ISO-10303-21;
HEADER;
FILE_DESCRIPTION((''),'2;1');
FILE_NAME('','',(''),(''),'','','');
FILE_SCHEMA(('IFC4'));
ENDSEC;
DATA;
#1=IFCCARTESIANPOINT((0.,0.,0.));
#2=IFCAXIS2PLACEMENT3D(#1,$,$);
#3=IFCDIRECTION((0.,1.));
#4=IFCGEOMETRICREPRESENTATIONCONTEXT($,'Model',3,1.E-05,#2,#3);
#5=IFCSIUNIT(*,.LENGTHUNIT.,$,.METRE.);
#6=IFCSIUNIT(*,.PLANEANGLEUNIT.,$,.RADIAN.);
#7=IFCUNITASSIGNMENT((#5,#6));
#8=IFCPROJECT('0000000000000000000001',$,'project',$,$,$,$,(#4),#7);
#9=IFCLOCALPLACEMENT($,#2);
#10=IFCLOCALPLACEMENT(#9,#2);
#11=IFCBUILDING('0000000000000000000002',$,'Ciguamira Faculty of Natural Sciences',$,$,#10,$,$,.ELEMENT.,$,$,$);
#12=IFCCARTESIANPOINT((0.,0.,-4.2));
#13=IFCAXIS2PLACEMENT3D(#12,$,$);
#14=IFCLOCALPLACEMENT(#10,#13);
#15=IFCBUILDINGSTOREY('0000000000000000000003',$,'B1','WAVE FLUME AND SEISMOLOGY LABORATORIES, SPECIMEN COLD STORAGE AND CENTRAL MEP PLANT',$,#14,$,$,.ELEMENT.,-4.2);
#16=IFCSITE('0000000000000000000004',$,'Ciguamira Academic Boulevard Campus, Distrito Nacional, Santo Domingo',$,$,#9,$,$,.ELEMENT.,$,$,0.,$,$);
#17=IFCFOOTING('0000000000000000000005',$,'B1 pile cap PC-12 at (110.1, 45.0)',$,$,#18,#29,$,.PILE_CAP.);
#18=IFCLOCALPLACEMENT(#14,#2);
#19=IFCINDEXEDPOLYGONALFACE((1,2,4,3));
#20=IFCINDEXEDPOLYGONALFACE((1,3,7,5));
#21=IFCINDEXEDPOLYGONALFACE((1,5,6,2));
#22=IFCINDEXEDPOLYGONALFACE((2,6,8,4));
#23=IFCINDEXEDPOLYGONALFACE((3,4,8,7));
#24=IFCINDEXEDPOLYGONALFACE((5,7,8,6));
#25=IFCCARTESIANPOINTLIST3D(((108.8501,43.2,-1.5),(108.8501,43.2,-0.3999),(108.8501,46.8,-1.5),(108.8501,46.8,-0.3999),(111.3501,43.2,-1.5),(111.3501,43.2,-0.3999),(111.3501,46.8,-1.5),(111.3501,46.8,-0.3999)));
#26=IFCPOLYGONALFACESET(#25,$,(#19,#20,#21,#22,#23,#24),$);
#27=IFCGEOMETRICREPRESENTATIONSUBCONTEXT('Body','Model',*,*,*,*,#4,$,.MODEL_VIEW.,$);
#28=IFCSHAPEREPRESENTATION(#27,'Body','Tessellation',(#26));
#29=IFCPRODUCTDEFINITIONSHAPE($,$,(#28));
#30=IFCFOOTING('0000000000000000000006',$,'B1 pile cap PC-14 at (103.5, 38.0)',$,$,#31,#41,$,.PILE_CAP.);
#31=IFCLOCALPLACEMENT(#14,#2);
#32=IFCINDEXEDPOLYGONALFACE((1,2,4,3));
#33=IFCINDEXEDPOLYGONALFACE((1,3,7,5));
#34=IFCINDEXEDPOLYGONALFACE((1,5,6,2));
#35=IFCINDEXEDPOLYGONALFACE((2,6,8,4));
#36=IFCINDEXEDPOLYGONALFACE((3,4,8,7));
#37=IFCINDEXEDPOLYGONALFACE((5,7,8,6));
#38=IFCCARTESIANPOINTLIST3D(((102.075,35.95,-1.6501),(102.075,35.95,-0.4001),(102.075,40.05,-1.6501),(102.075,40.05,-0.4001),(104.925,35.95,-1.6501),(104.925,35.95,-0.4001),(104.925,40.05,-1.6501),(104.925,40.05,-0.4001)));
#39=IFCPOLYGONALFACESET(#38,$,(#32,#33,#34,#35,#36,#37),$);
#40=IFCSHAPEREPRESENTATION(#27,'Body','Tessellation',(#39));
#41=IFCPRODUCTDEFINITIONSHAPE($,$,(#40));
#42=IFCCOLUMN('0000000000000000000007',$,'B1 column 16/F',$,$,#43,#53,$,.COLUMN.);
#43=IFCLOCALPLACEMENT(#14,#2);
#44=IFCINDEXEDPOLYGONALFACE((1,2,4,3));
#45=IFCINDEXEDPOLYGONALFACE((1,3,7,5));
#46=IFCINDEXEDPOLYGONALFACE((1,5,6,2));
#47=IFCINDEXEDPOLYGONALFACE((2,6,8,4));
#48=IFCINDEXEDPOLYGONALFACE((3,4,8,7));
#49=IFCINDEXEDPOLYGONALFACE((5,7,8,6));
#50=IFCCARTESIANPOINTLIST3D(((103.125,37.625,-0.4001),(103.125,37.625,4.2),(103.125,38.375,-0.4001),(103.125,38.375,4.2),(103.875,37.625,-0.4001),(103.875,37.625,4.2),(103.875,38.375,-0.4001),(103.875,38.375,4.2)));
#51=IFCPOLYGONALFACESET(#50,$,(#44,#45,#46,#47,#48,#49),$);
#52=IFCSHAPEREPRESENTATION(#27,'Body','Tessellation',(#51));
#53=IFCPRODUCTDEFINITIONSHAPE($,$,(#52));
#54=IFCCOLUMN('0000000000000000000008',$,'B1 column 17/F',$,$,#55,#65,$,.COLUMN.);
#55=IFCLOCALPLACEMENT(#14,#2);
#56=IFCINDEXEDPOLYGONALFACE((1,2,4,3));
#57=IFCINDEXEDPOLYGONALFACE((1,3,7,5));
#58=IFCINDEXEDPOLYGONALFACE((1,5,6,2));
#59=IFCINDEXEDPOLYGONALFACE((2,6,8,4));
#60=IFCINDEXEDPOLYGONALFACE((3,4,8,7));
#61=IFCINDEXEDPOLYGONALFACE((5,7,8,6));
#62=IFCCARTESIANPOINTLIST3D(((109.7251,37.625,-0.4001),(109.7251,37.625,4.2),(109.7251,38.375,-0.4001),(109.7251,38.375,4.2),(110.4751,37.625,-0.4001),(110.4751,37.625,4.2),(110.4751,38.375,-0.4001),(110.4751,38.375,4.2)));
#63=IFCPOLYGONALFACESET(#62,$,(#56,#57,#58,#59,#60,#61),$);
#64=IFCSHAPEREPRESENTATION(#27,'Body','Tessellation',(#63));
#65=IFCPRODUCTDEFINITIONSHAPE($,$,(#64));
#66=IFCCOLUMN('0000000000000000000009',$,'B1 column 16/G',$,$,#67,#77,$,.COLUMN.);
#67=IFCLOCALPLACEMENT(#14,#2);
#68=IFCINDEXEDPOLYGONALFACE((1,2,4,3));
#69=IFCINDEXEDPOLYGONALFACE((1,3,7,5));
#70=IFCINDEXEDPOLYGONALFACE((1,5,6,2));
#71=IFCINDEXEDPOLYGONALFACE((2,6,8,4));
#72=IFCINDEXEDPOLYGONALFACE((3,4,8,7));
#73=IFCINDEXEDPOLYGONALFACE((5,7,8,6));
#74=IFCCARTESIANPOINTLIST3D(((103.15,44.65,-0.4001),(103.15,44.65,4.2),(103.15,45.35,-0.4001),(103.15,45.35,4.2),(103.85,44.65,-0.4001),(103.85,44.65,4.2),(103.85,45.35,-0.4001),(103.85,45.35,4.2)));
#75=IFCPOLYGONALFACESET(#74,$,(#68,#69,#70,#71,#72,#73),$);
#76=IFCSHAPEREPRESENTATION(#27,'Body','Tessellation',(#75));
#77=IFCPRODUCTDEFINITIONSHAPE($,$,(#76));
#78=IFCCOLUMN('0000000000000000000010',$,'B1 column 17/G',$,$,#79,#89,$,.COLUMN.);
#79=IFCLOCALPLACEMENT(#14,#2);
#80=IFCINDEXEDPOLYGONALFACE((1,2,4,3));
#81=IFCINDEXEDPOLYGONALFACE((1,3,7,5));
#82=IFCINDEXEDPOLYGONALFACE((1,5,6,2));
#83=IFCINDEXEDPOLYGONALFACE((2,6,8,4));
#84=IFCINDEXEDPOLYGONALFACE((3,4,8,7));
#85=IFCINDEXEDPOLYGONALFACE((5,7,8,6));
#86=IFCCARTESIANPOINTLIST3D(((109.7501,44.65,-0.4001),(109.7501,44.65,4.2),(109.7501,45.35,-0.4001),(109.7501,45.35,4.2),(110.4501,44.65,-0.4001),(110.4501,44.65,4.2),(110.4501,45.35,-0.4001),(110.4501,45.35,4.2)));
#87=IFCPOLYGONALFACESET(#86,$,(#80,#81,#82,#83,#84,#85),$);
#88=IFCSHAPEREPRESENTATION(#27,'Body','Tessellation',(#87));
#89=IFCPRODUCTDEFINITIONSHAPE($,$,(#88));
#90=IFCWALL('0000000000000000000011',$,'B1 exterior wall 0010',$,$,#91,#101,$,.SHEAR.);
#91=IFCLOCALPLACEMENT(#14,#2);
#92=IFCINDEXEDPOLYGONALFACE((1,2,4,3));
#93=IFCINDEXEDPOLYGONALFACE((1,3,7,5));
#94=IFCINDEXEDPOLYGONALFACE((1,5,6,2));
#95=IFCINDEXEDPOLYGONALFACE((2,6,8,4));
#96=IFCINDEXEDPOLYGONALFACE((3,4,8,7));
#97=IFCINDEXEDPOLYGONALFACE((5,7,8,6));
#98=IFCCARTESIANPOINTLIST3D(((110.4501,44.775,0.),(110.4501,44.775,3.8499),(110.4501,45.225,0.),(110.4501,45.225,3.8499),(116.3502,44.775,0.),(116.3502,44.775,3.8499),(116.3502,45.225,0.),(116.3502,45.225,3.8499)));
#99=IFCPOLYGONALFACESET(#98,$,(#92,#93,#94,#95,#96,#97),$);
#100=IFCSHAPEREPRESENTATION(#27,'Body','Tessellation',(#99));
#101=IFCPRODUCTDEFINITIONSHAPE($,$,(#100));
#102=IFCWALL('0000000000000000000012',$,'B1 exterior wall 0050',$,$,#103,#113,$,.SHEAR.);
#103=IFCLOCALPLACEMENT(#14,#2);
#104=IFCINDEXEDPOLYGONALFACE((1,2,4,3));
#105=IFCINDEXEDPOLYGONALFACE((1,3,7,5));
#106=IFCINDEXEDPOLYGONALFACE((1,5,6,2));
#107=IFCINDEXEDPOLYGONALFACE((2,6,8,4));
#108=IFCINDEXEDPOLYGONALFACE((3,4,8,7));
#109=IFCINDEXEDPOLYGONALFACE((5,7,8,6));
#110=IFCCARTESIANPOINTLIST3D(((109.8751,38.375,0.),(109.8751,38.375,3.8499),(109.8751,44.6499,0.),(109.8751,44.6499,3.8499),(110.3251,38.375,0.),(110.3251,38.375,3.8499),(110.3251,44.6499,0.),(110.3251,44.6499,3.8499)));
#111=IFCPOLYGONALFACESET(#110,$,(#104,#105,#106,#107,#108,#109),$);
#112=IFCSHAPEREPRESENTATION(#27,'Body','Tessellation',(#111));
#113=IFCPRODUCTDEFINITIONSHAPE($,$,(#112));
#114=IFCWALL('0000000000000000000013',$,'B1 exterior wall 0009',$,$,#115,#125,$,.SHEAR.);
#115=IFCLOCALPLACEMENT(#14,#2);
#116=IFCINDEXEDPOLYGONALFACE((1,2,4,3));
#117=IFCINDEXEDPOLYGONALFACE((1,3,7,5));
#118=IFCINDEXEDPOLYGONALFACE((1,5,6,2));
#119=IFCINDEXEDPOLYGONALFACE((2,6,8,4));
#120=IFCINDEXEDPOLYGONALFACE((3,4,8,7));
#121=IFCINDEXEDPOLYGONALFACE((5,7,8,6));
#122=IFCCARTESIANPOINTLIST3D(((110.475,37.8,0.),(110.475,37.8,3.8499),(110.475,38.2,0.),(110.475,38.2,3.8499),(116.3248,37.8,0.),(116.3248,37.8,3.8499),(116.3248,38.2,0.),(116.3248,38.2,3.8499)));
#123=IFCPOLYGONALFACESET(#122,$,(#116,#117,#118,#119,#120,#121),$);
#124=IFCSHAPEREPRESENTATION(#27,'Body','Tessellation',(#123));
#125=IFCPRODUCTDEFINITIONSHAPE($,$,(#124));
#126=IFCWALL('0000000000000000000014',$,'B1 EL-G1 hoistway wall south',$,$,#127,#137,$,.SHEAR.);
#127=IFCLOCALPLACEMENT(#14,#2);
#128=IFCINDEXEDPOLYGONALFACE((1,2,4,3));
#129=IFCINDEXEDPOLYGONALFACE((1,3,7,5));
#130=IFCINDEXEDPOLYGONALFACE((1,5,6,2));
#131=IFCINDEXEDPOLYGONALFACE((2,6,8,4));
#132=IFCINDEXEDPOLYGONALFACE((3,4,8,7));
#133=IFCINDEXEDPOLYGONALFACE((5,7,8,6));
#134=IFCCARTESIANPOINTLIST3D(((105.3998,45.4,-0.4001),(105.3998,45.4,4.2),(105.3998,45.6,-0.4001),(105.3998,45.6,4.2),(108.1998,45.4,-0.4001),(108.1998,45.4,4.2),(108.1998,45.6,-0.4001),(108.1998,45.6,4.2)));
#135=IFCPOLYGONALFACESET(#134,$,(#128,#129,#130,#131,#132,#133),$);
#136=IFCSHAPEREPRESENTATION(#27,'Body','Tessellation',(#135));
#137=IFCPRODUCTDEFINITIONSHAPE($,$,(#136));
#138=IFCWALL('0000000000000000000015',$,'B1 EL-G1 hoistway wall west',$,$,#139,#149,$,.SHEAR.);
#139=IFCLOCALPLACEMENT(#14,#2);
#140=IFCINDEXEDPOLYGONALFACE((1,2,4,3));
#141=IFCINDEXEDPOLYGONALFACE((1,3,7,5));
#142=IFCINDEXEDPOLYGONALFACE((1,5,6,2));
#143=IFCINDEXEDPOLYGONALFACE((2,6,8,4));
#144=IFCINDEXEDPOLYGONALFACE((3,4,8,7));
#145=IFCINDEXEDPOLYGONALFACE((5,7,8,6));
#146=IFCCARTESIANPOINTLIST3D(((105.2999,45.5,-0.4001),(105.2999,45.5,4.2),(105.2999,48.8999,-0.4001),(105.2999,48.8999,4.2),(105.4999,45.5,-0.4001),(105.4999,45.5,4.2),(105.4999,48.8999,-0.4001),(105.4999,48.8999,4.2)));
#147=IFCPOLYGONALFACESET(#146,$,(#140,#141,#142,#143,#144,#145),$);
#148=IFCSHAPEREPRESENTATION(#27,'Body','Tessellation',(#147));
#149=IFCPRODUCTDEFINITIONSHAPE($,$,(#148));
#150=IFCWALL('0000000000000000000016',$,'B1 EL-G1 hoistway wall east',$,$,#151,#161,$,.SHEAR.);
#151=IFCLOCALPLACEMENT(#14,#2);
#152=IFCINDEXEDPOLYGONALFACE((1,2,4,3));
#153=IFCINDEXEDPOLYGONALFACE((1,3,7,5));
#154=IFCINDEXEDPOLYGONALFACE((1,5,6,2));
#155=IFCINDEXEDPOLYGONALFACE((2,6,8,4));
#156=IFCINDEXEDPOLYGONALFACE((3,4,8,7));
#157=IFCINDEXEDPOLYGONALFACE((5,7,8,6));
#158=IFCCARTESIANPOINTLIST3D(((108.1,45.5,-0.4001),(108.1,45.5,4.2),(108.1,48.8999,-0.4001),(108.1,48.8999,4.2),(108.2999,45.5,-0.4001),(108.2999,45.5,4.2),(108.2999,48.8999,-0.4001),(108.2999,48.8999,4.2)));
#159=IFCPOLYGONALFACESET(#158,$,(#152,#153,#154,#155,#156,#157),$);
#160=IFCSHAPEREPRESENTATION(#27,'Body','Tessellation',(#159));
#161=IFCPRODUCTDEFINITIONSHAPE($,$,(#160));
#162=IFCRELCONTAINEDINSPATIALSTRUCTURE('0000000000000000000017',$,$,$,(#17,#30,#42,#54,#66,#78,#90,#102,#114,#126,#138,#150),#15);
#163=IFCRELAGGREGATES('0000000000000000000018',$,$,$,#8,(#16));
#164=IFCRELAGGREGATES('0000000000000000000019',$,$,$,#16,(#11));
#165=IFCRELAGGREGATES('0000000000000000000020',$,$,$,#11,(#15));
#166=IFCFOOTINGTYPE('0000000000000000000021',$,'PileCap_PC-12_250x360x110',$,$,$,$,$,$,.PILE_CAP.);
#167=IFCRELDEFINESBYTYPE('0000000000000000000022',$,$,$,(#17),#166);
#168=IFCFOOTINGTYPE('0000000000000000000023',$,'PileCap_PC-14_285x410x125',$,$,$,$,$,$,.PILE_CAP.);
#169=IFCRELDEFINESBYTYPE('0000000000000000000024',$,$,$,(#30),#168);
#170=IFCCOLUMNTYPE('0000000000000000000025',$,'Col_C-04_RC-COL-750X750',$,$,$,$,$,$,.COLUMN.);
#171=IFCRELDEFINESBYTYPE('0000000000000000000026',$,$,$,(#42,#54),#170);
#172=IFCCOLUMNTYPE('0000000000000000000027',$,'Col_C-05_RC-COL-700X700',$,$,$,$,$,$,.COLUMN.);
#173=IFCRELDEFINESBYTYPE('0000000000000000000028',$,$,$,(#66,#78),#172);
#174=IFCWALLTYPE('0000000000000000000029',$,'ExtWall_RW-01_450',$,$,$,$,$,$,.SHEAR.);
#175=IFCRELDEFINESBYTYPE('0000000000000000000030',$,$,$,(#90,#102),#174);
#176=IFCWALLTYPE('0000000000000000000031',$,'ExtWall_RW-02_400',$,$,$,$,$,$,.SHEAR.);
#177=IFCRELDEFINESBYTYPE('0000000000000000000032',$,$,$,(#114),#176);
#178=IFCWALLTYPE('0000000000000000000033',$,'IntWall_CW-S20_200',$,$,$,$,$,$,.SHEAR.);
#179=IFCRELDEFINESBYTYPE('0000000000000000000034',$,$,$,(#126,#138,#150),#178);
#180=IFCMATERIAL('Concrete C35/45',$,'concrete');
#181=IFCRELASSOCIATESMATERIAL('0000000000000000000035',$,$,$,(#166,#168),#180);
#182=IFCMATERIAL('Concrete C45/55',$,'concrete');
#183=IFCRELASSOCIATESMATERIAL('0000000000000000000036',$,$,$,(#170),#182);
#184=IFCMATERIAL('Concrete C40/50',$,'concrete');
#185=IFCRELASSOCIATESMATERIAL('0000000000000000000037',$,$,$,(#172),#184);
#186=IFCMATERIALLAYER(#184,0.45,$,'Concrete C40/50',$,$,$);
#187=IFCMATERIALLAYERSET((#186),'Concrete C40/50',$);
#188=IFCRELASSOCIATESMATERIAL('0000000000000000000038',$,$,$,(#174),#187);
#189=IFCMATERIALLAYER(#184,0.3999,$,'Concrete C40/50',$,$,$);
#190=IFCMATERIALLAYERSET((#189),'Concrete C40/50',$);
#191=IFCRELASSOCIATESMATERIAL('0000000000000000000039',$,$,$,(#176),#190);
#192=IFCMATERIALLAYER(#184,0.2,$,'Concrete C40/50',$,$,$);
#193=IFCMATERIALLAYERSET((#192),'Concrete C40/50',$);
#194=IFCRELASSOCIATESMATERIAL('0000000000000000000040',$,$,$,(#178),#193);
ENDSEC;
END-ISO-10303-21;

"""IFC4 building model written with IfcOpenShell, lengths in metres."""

from ifc_helpers import new_model, si_unit, direction, frame, frame_2d, origin, origin_2d, place, context, subcontext, project, spatial, rectangle, extrude, material, layer, layer_set, material_profile, profile_set, type_object, element, save


model = new_model("IFC4")

# Units and contexts
model_context = context("Model", 3, precision=1e-05, world=origin(), true_north=direction((0.0, 1.0)))
body_context = subcontext(model_context, "Body", "Model", "MODEL_VIEW")
ifc_project = project(units=[si_unit("LENGTHUNIT", "METRE"), si_unit("PLANEANGLEUNIT", "RADIAN")], contexts=[model_context])

# Site, building, storey
site_placement = place(None, origin())
site = spatial("IfcSite", under=ifc_project, at=site_placement, Name="Ciguamira Academic Boulevard Campus, Distrito Nacional, Santo Domingo", CompositionType="ELEMENT", RefElevation=0.0)
building_placement = place(site_placement, origin())
building = spatial("IfcBuilding", under=site, at=building_placement, Name="Ciguamira Faculty of Natural Sciences", CompositionType="ELEMENT")
storey_placement = place(building_placement, frame((0.0, 0.0, -4.2)))
storey = spatial("IfcBuildingStorey", under=building, at=storey_placement, Name="B1", Description="WAVE FLUME AND SEISMOLOGY LABORATORIES, SPECIMEN COLD STORAGE AND CENTRAL MEP PLANT", CompositionType="ELEMENT", Elevation=-4.2)

# Shared definitions
ifc_material_1 = material(Name="Concrete C35/45", Category="concrete")

# Footings
footing_type_1 = type_object("IfcFootingType", Name="PileCap_PC-12_250x360x110", PredefinedType="PILE_CAP", material=ifc_material_1)
footing_1_placement = place(storey_placement, frame((110.1001, 45.0, -1.5), z_axis=(0.0, 0.0, 1.0), x_axis=(1.0, 0.0, 0.0)))
element("IfcFooting", 1, at=footing_1_placement, inside=storey, type_object=footing_type_1, Name="B1 pile cap PC-12 at (110.1, 45.0)", PredefinedType="PILE_CAP", context=body_context, shape_type="SweptSolid", body=[
    extrude(rectangle(XDim=2.5, YDim=3.6001, at=origin_2d()), origin(), (0.0, 0.0, 1.0), 1.1001),
])
footing_type_2 = type_object("IfcFootingType", Name="PileCap_PC-14_285x410x125", PredefinedType="PILE_CAP", material=ifc_material_1)
footing_2_placement = place(storey_placement, frame((103.5, 38.0, -1.6501), z_axis=(0.0, 0.0, 1.0), x_axis=(1.0, 0.0, 0.0)))
element("IfcFooting", 2, at=footing_2_placement, inside=storey, type_object=footing_type_2, Name="B1 pile cap PC-14 at (103.5, 38.0)", PredefinedType="PILE_CAP", context=body_context, shape_type="SweptSolid", body=[
    extrude(rectangle(XDim=2.8501, YDim=4.1001, at=origin_2d()), origin(), (0.0, 0.0, 1.0), 1.25),
])

# Columns
ifc_material_2 = material(Name="Concrete C45/55", Category="concrete")
ifc_material_profile_1 = material_profile(ifc_material_2, rectangle(XDim=0.75, YDim=0.75, at=origin_2d()), Name="RC-COL-750X750")
ifc_profile_set_1 = profile_set([ifc_material_profile_1], Name="Concrete C45/55")
column_type_1 = type_object("IfcColumnType", Name="Col_C-04_RC-COL-750X750", PredefinedType="COLUMN", material=ifc_profile_set_1)
for number, where, z_axis, x_axis, name in (
    (3, (103.5, 38.0, -0.4001), (0.0, 0.0, 1.0), (1.0, 0.0, 0.0), "B1 column 16/F"),
    (4, (110.1001, 38.0, -0.4001), (0.0, 0.0, 1.0), (1.0, 0.0, 0.0), "B1 column 17/F"),
):
    element("IfcColumn", number, at=place(storey_placement, frame(where, z_axis=z_axis, x_axis=x_axis)), inside=storey, type_object=column_type_1, Name=name, PredefinedType="COLUMN", context=body_context, shape_type="SweptSolid", body=[
        extrude(rectangle(XDim=0.75, YDim=0.75, at=origin_2d()), origin(), (0.0, 0.0, 1.0), 4.6001),
    ])
ifc_material_3 = material(Name="Concrete C40/50", Category="concrete")
ifc_material_profile_2 = material_profile(ifc_material_3, rectangle(XDim=0.7, YDim=0.7, at=origin_2d()), Name="RC-COL-700X700")
ifc_profile_set_2 = profile_set([ifc_material_profile_2], Name="Concrete C40/50")
column_type_2 = type_object("IfcColumnType", Name="Col_C-05_RC-COL-700X700", PredefinedType="COLUMN", material=ifc_profile_set_2)
for number, where, z_axis, x_axis, name in (
    (5, (103.5, 45.0, -0.4001), (0.0, 0.0, 1.0), (1.0, 0.0, 0.0), "B1 column 16/G"),
    (6, (110.1001, 45.0, -0.4001), (0.0, 0.0, 1.0), (1.0, 0.0, 0.0), "B1 column 17/G"),
):
    element("IfcColumn", number, at=place(storey_placement, frame(where, z_axis=z_axis, x_axis=x_axis)), inside=storey, type_object=column_type_2, Name=name, PredefinedType="COLUMN", context=body_context, shape_type="SweptSolid", body=[
        extrude(rectangle(XDim=0.7, YDim=0.7, at=origin_2d()), origin(), (0.0, 0.0, 1.0), 4.6001),
    ])

# Walls
ifc_layer_1 = layer(ifc_material_3, 0.45, Name="Concrete C40/50")
ifc_layer_set_1 = layer_set([ifc_layer_1], Name="Concrete C40/50")
wall_type_1 = type_object("IfcWallType", Name="ExtWall_RW-01_450", PredefinedType="SHEAR", material=ifc_layer_set_1)
wall_1_placement = place(storey_placement, frame((110.45, 45.0, 0.0), z_axis=(0.0, 0.0, 1.0), x_axis=(1.0, 0.0, 0.0)))
element("IfcWall", 7, at=wall_1_placement, inside=storey, type_object=wall_type_1, Name="B1 exterior wall 0010", PredefinedType="SHEAR", context=body_context, shape_type="SweptSolid", body=[
    extrude(rectangle(XDim=5.9001, YDim=0.45, at=frame_2d((2.9502, 0.0))), origin(), (0.0, 0.0, 1.0), 3.8499),
])
wall_2_placement = place(storey_placement, frame((110.1001, 38.375, 0.0), z_axis=(0.0, 0.0, 1.0), x_axis=(0.0, 1.0, 0.0)))
element("IfcWall", 8, at=wall_2_placement, inside=storey, type_object=wall_type_1, Name="B1 exterior wall 0050", PredefinedType="SHEAR", context=body_context, shape_type="SweptSolid", body=[
    extrude(rectangle(XDim=6.2749, YDim=0.45, at=frame_2d((3.1375, 0.0))), origin(), (0.0, 0.0, 1.0), 3.8499),
])
ifc_layer_2 = layer(ifc_material_3, 0.3999, Name="Concrete C40/50")
ifc_layer_set_2 = layer_set([ifc_layer_2], Name="Concrete C40/50")
wall_type_2 = type_object("IfcWallType", Name="ExtWall_RW-02_400", PredefinedType="SHEAR", material=ifc_layer_set_2)
wall_3_placement = place(storey_placement, frame((110.4751, 38.0, 0.0), z_axis=(0.0, 0.0, 1.0), x_axis=(1.0, 0.0, 0.0)))
element("IfcWall", 9, at=wall_3_placement, inside=storey, type_object=wall_type_2, Name="B1 exterior wall 0009", PredefinedType="SHEAR", context=body_context, shape_type="SweptSolid", body=[
    extrude(rectangle(XDim=5.8499, YDim=0.3999, at=frame_2d((2.9248, 0.0))), origin(), (0.0, 0.0, 1.0), 3.8499),
])
ifc_layer_3 = layer(ifc_material_3, 0.2, Name="Concrete C40/50")
ifc_layer_set_3 = layer_set([ifc_layer_3], Name="Concrete C40/50")
wall_type_3 = type_object("IfcWallType", Name="IntWall_CW-S20_200", PredefinedType="SHEAR", material=ifc_layer_set_3)
wall_4_placement = place(storey_placement, frame((105.3999, 45.5, -0.4001), z_axis=(0.0, 0.0, 1.0), x_axis=(1.0, 0.0, 0.0)))
element("IfcWall", 10, at=wall_4_placement, inside=storey, type_object=wall_type_3, Name="B1 EL-G1 hoistway wall south", PredefinedType="SHEAR", context=body_context, shape_type="SweptSolid", body=[
    extrude(rectangle(XDim=2.8, YDim=0.2, at=frame_2d((1.3999, 0.0))), origin(), (0.0, 0.0, 1.0), 4.6001),
])
for number, where, z_axis, x_axis, name in (
    (11, (105.3999, 45.5, -0.4001), (0.0, 0.0, 1.0), (0.0, 1.0, 0.0), "B1 EL-G1 hoistway wall west"),
    (12, (108.2, 45.5, -0.4001), (0.0, 0.0, 1.0), (0.0, 1.0, 0.0), "B1 EL-G1 hoistway wall east"),
):
    element("IfcWall", number, at=place(storey_placement, frame(where, z_axis=z_axis, x_axis=x_axis)), inside=storey, type_object=wall_type_3, Name=name, PredefinedType="SHEAR", context=body_context, shape_type="SweptSolid", body=[
        extrude(rectangle(XDim=3.3999, YDim=0.2, at=frame_2d((1.7, 0.0))), origin(), (0.0, 0.0, 1.0), 4.6001),
    ])

save(model, "model.ifc")
